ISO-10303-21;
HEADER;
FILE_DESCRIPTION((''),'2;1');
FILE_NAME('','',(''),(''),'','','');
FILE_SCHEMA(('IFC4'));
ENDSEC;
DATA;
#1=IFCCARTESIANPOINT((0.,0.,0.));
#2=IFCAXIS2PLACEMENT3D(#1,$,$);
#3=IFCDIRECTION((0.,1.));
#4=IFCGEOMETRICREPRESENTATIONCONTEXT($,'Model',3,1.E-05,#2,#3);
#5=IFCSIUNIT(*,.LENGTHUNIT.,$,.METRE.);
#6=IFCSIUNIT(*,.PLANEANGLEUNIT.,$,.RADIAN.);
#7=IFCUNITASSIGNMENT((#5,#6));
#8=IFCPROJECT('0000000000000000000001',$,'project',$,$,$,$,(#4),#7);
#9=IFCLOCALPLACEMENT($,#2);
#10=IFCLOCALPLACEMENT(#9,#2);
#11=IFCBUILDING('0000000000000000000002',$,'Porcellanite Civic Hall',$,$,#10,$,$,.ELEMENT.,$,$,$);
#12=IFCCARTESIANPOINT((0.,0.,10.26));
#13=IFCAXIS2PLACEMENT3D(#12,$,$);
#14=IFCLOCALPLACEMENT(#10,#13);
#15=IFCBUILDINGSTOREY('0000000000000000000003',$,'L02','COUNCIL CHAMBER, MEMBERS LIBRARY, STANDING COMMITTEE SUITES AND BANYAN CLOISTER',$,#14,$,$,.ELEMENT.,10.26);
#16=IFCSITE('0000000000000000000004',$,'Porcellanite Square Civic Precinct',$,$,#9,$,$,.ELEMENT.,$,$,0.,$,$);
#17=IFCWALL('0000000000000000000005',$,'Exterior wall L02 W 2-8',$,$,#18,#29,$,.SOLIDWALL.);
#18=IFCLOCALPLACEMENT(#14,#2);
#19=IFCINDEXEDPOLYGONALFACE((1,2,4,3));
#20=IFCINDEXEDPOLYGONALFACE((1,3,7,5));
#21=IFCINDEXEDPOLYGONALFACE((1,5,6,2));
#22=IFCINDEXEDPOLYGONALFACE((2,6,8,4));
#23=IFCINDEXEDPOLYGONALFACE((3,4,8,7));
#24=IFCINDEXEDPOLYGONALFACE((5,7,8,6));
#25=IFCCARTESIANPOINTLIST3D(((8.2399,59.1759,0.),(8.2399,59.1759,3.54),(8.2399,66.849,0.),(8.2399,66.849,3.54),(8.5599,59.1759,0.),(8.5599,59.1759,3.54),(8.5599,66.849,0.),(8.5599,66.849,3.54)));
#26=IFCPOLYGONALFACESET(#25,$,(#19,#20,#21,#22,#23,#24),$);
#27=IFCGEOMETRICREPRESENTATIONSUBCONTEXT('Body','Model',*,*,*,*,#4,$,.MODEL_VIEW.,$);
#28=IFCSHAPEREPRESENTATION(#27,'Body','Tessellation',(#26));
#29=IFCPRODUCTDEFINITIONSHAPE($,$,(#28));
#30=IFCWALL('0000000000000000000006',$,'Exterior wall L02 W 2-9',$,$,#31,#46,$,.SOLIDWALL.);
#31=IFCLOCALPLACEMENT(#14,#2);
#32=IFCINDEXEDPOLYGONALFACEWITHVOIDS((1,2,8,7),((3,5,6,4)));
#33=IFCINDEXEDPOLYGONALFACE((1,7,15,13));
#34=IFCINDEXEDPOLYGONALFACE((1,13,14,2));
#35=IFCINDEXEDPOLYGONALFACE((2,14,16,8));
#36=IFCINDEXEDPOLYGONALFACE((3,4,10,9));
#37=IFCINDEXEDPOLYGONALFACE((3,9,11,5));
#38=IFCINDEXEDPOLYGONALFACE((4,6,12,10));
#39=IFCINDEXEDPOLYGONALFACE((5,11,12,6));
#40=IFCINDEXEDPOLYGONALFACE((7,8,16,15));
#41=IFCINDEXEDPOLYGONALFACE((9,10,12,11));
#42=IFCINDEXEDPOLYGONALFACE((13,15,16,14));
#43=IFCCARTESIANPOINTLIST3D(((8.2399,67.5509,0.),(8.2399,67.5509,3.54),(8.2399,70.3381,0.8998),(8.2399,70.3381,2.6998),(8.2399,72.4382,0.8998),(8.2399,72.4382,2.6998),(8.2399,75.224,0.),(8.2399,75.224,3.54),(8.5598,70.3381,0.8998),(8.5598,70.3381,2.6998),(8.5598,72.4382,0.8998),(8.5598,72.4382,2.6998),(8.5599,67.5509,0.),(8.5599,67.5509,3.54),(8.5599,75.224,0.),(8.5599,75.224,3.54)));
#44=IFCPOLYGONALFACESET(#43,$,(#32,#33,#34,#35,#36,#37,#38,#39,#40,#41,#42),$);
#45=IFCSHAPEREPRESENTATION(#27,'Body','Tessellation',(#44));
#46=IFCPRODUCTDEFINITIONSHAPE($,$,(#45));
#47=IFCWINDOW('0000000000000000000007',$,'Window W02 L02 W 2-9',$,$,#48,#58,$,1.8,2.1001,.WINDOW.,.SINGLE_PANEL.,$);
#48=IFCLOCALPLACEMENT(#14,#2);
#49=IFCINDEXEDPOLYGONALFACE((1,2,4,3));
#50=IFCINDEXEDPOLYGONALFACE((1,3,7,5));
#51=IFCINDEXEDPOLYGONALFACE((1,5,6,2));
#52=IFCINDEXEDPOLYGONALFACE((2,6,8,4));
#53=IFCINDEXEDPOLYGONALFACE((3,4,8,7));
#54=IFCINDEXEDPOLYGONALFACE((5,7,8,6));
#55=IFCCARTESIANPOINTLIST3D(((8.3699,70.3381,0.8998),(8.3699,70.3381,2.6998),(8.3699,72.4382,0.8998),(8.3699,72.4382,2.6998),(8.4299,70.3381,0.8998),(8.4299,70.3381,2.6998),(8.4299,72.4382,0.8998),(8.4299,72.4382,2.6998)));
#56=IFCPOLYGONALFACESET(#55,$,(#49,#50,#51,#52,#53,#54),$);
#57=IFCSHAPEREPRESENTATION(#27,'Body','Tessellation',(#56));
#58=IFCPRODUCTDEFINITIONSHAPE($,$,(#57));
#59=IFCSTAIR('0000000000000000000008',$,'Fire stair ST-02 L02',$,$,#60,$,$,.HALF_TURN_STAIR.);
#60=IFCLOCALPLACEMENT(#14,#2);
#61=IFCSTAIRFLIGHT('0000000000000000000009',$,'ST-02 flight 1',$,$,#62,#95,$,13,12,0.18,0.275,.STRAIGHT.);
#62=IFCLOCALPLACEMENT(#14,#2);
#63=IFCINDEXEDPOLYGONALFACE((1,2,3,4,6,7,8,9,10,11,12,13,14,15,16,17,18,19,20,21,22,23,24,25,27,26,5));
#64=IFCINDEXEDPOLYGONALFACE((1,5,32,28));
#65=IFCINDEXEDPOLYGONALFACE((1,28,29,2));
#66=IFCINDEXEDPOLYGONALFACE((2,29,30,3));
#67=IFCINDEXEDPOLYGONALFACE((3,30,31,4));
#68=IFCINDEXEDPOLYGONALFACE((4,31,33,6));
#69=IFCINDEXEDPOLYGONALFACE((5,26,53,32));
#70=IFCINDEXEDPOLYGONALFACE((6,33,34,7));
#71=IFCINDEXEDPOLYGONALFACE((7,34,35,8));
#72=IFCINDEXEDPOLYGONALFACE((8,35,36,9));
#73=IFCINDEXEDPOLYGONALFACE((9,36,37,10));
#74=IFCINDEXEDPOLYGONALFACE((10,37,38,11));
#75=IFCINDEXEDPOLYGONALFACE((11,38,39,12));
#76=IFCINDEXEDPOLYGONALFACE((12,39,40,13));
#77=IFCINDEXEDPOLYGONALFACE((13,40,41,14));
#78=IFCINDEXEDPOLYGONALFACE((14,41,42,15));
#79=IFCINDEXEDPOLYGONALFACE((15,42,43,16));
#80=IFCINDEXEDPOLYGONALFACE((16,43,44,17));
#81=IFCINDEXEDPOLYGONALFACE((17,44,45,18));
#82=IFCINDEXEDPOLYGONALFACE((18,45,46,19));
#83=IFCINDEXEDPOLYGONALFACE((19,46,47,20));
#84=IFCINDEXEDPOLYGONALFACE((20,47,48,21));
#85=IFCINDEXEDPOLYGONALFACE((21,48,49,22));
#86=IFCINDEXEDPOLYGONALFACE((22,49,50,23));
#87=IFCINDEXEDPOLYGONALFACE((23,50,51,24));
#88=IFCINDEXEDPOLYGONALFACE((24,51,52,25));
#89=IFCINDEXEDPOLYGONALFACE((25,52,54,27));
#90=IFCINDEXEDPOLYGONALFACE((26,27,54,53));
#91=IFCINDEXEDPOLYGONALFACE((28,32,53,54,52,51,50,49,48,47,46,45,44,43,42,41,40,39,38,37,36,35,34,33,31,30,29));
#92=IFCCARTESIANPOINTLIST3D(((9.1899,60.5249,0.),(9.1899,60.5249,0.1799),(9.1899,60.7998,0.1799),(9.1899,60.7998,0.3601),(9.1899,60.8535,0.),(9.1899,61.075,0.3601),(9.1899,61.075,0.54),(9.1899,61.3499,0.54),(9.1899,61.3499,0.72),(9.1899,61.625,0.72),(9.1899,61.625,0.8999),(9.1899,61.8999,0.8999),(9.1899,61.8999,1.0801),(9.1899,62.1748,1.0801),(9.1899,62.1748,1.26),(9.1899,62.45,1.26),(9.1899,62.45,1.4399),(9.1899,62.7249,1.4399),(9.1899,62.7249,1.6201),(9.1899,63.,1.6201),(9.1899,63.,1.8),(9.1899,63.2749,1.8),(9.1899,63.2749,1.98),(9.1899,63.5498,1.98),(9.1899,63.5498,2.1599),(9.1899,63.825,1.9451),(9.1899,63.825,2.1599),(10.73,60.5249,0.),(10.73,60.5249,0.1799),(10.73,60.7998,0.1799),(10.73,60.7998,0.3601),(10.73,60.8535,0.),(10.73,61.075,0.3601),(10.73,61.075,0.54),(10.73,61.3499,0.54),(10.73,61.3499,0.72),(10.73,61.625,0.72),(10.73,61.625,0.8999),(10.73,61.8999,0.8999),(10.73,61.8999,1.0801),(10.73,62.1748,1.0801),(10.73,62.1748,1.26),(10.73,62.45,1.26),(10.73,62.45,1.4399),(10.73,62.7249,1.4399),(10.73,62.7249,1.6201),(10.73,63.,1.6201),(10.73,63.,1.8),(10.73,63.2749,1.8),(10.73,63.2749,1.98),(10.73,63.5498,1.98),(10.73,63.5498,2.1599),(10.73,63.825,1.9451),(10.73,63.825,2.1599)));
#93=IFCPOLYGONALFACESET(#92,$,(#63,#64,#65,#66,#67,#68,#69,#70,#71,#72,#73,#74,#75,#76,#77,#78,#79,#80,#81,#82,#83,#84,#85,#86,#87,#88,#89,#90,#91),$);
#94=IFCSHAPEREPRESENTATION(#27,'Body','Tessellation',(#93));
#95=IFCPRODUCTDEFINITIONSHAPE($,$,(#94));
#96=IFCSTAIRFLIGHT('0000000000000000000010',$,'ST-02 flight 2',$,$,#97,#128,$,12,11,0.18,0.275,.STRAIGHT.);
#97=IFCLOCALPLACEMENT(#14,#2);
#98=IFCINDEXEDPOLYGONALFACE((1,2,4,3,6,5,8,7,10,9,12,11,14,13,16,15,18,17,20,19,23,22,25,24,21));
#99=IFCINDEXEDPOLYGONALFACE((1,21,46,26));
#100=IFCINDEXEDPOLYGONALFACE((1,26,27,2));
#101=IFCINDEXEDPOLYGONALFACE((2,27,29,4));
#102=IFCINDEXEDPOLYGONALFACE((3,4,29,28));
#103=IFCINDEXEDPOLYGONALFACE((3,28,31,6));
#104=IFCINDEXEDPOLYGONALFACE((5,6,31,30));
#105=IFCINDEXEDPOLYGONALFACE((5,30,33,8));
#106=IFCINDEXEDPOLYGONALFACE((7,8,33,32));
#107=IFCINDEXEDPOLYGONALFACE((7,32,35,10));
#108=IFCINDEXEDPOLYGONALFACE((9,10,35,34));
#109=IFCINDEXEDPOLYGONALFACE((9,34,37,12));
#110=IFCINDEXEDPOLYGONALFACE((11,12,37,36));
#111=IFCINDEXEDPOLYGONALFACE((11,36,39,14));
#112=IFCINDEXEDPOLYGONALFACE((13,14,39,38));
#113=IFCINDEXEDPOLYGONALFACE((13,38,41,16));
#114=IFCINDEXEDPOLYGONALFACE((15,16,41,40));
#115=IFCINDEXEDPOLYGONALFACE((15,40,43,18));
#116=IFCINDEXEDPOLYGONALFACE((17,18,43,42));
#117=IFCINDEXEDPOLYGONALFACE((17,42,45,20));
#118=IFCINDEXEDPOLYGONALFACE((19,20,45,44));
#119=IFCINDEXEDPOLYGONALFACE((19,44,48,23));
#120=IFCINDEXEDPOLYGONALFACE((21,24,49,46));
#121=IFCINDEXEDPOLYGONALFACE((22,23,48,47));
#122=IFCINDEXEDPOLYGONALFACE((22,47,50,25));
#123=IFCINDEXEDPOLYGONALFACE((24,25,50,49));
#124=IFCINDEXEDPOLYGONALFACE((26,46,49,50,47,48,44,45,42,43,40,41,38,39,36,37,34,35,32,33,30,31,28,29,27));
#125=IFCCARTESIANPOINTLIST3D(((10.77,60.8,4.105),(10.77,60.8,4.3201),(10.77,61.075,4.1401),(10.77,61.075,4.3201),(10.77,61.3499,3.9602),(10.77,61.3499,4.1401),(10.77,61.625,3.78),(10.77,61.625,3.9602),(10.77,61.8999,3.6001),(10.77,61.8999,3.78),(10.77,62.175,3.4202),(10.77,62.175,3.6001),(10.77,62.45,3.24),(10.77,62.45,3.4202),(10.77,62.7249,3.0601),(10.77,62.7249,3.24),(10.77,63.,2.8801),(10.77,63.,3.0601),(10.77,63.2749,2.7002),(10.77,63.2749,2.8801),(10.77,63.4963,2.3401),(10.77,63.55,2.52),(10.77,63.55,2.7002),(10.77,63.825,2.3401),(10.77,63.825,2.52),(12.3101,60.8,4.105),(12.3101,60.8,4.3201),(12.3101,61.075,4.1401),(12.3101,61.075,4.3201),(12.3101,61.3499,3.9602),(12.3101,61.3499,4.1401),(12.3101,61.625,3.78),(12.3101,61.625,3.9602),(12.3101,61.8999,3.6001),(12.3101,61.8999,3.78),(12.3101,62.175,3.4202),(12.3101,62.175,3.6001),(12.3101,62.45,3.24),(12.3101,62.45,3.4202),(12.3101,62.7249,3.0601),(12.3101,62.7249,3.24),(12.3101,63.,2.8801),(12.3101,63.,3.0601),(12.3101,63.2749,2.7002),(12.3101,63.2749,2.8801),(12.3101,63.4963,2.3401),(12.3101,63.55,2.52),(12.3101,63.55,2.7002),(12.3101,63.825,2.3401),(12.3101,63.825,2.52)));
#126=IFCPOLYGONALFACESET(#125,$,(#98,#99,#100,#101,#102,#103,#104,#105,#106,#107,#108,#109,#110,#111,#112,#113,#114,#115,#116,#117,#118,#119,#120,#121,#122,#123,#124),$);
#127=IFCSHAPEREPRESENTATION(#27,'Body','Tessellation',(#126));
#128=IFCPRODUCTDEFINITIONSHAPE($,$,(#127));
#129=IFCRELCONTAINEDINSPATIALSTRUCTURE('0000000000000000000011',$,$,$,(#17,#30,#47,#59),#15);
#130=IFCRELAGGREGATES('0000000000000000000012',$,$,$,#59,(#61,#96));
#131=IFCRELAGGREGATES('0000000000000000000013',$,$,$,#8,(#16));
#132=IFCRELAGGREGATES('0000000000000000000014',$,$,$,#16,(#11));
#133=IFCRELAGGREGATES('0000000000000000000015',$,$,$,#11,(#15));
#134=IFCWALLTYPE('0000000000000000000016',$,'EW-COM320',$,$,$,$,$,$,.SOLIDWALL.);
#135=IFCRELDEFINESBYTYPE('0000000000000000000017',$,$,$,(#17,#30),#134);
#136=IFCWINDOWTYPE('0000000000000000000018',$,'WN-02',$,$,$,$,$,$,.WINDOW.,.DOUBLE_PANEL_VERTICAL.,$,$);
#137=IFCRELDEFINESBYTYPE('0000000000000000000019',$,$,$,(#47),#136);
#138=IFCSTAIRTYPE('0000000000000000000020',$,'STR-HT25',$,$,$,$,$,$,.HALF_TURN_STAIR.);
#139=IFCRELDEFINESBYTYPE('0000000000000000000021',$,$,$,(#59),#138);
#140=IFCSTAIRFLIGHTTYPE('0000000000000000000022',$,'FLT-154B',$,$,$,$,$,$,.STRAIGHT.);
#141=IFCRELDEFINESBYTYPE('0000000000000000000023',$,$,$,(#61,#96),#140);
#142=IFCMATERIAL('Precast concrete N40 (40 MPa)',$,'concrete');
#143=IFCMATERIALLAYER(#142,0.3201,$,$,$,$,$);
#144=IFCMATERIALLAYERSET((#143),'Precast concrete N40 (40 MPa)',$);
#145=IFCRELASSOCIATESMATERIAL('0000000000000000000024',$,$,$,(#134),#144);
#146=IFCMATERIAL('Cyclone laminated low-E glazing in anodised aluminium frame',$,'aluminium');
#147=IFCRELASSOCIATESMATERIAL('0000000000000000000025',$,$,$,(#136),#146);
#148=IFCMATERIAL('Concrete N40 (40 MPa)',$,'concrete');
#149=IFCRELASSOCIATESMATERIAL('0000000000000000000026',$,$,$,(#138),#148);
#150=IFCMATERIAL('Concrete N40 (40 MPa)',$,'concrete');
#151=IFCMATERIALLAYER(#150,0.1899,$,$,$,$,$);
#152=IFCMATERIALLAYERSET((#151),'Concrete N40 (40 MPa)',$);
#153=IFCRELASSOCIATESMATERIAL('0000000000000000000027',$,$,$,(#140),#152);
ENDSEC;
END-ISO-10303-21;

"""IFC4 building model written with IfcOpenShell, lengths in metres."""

from ifc_helpers import new_model, si_unit, direction, frame, frame_2d, origin, place, context, subcontext, project, spatial, polyline, rectangle, outline, extrude, material, layer, layer_set, type_object, element, fill, aggregate, save


model = new_model("IFC4")

# Units and contexts
model_context = context("Model", 3, precision=1e-05, world=origin(), true_north=direction((0.0, 1.0)))
body_context = subcontext(model_context, "Body", "Model", "MODEL_VIEW")
ifc_project = project(units=[si_unit("LENGTHUNIT", "METRE"), si_unit("PLANEANGLEUNIT", "RADIAN")], contexts=[model_context])

# Site, building, storey
site_placement = place(None, origin())
site = spatial("IfcSite", under=ifc_project, at=site_placement, Name="Porcellanite Square Civic Precinct", CompositionType="ELEMENT", RefElevation=0.0)
building_placement = place(site_placement, origin())
building = spatial("IfcBuilding", under=site, at=building_placement, Name="Porcellanite Civic Hall", CompositionType="ELEMENT")
storey_placement = place(building_placement, frame((0.0, 0.0, 10.26)))
storey = spatial("IfcBuildingStorey", under=building, at=storey_placement, Name="L02", Description="COUNCIL CHAMBER, MEMBERS LIBRARY, STANDING COMMITTEE SUITES AND BANYAN CLOISTER", CompositionType="ELEMENT", Elevation=10.26)

# Wall
ifc_material_1 = material(Name="Precast concrete N40 (40 MPa)", Category="concrete")
ifc_layer_1 = layer(ifc_material_1, 0.3201)
ifc_layer_set_1 = layer_set([ifc_layer_1], Name="Precast concrete N40 (40 MPa)")
wall_type_1 = type_object("IfcWallType", Name="EW-COM320", PredefinedType="SOLIDWALL", material=ifc_layer_set_1)
wall_1_placement = place(storey_placement, frame((8.3999, 59.176, 0.0), z_axis=(0.0, 0.0, 1.0), x_axis=(0.0, 1.0, 0.0)))
element("IfcWall", 1, at=wall_1_placement, inside=storey, type_object=wall_type_1, Name="Exterior wall L02 W 2-8", PredefinedType="SOLIDWALL", context=body_context, shape_type="SweptSolid", body=[
    extrude(rectangle(XDim=7.6731, YDim=0.3201, at=frame_2d((3.8364, 0.0))), origin(), (0.0, 0.0, 1.0), 3.54),
])

# Wall, opening, window
wall_2_placement = place(storey_placement, frame((8.3999, 67.551, 0.0), z_axis=(0.0, 0.0, 1.0), x_axis=(0.0, 1.0, 0.0)))
wall_2 = element("IfcWall", 2, at=wall_2_placement, inside=storey, type_object=wall_type_1, Name="Exterior wall L02 W 2-9", PredefinedType="SOLIDWALL", context=body_context, shape_type="SweptSolid", body=[
    extrude(rectangle(XDim=7.6731, YDim=0.3201, at=frame_2d((3.8364, 0.0))), origin(), (0.0, 0.0, 1.0), 3.54),
])
opening_1_placement = place(wall_2_placement, frame((2.7871, 0.0, 0.8999)))
opening_1 = element("IfcOpeningElement", 3, at=opening_1_placement, cuts=wall_2, PredefinedType="OPENING", context=body_context, shape_type="SweptSolid", body=[
    extrude(rectangle(XDim=2.1001, YDim=1.8, at=frame_2d((1.05, 0.8999))), frame((0.0, 0.1602, 0.0), z_axis=(0.0, -1.0, 0.0), x_axis=(1.0, 0.0, 0.0)), (0.0, 0.0, 1.0), 0.3201),
])
ifc_material_2 = material(Name="Cyclone laminated low-E glazing in anodised aluminium frame", Category="aluminium")
window_type = type_object("IfcWindowType", Name="WN-02", PartitioningType="DOUBLE_PANEL_VERTICAL", PredefinedType="WINDOW", material=ifc_material_2)
window_placement = place(opening_1_placement, origin())
window = element("IfcWindow", 4, at=window_placement, inside=storey, type_object=window_type, Name="Window W02 L02 W 2-9", OverallHeight=1.8, OverallWidth=2.1001, PartitioningType="SINGLE_PANEL", PredefinedType="WINDOW", context=body_context, shape_type="SweptSolid", body=[
    extrude(rectangle(XDim=2.1001, YDim=1.8, at=frame_2d((1.05, 0.8999))), frame((0.0, 0.03, 0.0), z_axis=(0.0, -1.0, 0.0), x_axis=(1.0, 0.0, 0.0)), (0.0, 0.0, 1.0), 0.0601),
])
fill(opening_1, window)

# Stair, stair flights
ifc_material_3 = material(Name="Concrete N40 (40 MPa)", Category="concrete")
stair_type = type_object("IfcStairType", Name="STR-HT25", PredefinedType="HALF_TURN_STAIR", material=ifc_material_3)
stair_placement = place(storey_placement, origin())
stair = element("IfcStair", 5, at=stair_placement, inside=storey, type_object=stair_type, Name="Fire stair ST-02 L02", PredefinedType="HALF_TURN_STAIR")
ifc_material_4 = material(Name="Concrete N40 (40 MPa)", Category="concrete")
ifc_layer_2 = layer(ifc_material_4, 0.1899)
ifc_layer_set_2 = layer_set([ifc_layer_2], Name="Concrete N40 (40 MPa)")
stair_flight_type = type_object("IfcStairFlightType", Name="FLT-154B", PredefinedType="STRAIGHT", material=ifc_layer_set_2)
stair_flight_1_placement = place(storey_placement, frame((9.96, 60.5249, 0.0), z_axis=(0.0, 0.0, 1.0), x_axis=(0.0, 1.0, 0.0)))
stair_flight_1 = element("IfcStairFlight", 6, at=stair_flight_1_placement, type_object=stair_flight_type, Name="ST-02 flight 1", NumberOfRisers=13, NumberOfTreads=12, PredefinedType="STRAIGHT", RiserHeight=0.18, TreadLength=0.275, context=body_context, shape_type="SweptSolid", body=[
    extrude(outline(polyline([(0.0, 0.0), (0.0, 0.1799), (0.2749, 0.1799), (0.2749, 0.3601), (0.55, 0.3601), (0.55, 0.54), (0.825, 0.54), (0.825, 0.72), (1.1001, 0.72), (1.1001, 0.8999), (1.375, 0.8999), (1.375, 1.0801), (1.6499, 1.0801), (1.6499, 1.26), (1.925, 1.26), (1.925, 1.4399), (2.2, 1.4399), (2.2, 1.6201), (2.4751, 1.6201), (2.4751, 1.8), (2.75, 1.8), (2.75, 1.98), (3.0249, 1.98), (3.0249, 2.1599), (3.3, 2.1599), (3.3, 2.3401), (3.3, 1.9451), (0.3286, 0.0), (0.0, 0.0)])), frame((0.0, 0.77, 0.0), z_axis=(0.0, -1.0, 0.0), x_axis=(1.0, 0.0, 0.0)), (0.0, 0.0, 1.0), 1.54),
])
stair_flight_2_placement = place(storey_placement, frame((11.54, 63.825, 2.3401), z_axis=(0.0, 0.0, 1.0), x_axis=(0.0, -1.0, 0.0)))
stair_flight_2 = element("IfcStairFlight", 7, at=stair_flight_2_placement, type_object=stair_flight_type, Name="ST-02 flight 2", NumberOfRisers=12, NumberOfTreads=11, PredefinedType="STRAIGHT", RiserHeight=0.18, TreadLength=0.275, context=body_context, shape_type="SweptSolid", body=[
    extrude(outline(polyline([(0.0, 0.0), (0.0, 0.1799), (0.2749, 0.1799), (0.2749, 0.3601), (0.55, 0.3601), (0.55, 0.54), (0.825, 0.54), (0.825, 0.72), (1.1001, 0.72), (1.1001, 0.8999), (1.375, 0.8999), (1.375, 1.0801), (1.6499, 1.0801), (1.6499, 1.26), (1.925, 1.26), (1.925, 1.4399), (2.2, 1.4399), (2.2, 1.6201), (2.4751, 1.6201), (2.4751, 1.8), (2.75, 1.8), (2.75, 1.98), (3.0249, 1.98), (3.0249, 2.1599), (3.0249, 1.7649), (0.3286, 0.0), (0.0, 0.0)])), frame((0.0, 0.77, 0.0), z_axis=(0.0, -1.0, 0.0), x_axis=(1.0, 0.0, 0.0)), (0.0, 0.0, 1.0), 1.54),
])
aggregate(stair, [stair_flight_1, stair_flight_2])

save(model, "model.ifc")
